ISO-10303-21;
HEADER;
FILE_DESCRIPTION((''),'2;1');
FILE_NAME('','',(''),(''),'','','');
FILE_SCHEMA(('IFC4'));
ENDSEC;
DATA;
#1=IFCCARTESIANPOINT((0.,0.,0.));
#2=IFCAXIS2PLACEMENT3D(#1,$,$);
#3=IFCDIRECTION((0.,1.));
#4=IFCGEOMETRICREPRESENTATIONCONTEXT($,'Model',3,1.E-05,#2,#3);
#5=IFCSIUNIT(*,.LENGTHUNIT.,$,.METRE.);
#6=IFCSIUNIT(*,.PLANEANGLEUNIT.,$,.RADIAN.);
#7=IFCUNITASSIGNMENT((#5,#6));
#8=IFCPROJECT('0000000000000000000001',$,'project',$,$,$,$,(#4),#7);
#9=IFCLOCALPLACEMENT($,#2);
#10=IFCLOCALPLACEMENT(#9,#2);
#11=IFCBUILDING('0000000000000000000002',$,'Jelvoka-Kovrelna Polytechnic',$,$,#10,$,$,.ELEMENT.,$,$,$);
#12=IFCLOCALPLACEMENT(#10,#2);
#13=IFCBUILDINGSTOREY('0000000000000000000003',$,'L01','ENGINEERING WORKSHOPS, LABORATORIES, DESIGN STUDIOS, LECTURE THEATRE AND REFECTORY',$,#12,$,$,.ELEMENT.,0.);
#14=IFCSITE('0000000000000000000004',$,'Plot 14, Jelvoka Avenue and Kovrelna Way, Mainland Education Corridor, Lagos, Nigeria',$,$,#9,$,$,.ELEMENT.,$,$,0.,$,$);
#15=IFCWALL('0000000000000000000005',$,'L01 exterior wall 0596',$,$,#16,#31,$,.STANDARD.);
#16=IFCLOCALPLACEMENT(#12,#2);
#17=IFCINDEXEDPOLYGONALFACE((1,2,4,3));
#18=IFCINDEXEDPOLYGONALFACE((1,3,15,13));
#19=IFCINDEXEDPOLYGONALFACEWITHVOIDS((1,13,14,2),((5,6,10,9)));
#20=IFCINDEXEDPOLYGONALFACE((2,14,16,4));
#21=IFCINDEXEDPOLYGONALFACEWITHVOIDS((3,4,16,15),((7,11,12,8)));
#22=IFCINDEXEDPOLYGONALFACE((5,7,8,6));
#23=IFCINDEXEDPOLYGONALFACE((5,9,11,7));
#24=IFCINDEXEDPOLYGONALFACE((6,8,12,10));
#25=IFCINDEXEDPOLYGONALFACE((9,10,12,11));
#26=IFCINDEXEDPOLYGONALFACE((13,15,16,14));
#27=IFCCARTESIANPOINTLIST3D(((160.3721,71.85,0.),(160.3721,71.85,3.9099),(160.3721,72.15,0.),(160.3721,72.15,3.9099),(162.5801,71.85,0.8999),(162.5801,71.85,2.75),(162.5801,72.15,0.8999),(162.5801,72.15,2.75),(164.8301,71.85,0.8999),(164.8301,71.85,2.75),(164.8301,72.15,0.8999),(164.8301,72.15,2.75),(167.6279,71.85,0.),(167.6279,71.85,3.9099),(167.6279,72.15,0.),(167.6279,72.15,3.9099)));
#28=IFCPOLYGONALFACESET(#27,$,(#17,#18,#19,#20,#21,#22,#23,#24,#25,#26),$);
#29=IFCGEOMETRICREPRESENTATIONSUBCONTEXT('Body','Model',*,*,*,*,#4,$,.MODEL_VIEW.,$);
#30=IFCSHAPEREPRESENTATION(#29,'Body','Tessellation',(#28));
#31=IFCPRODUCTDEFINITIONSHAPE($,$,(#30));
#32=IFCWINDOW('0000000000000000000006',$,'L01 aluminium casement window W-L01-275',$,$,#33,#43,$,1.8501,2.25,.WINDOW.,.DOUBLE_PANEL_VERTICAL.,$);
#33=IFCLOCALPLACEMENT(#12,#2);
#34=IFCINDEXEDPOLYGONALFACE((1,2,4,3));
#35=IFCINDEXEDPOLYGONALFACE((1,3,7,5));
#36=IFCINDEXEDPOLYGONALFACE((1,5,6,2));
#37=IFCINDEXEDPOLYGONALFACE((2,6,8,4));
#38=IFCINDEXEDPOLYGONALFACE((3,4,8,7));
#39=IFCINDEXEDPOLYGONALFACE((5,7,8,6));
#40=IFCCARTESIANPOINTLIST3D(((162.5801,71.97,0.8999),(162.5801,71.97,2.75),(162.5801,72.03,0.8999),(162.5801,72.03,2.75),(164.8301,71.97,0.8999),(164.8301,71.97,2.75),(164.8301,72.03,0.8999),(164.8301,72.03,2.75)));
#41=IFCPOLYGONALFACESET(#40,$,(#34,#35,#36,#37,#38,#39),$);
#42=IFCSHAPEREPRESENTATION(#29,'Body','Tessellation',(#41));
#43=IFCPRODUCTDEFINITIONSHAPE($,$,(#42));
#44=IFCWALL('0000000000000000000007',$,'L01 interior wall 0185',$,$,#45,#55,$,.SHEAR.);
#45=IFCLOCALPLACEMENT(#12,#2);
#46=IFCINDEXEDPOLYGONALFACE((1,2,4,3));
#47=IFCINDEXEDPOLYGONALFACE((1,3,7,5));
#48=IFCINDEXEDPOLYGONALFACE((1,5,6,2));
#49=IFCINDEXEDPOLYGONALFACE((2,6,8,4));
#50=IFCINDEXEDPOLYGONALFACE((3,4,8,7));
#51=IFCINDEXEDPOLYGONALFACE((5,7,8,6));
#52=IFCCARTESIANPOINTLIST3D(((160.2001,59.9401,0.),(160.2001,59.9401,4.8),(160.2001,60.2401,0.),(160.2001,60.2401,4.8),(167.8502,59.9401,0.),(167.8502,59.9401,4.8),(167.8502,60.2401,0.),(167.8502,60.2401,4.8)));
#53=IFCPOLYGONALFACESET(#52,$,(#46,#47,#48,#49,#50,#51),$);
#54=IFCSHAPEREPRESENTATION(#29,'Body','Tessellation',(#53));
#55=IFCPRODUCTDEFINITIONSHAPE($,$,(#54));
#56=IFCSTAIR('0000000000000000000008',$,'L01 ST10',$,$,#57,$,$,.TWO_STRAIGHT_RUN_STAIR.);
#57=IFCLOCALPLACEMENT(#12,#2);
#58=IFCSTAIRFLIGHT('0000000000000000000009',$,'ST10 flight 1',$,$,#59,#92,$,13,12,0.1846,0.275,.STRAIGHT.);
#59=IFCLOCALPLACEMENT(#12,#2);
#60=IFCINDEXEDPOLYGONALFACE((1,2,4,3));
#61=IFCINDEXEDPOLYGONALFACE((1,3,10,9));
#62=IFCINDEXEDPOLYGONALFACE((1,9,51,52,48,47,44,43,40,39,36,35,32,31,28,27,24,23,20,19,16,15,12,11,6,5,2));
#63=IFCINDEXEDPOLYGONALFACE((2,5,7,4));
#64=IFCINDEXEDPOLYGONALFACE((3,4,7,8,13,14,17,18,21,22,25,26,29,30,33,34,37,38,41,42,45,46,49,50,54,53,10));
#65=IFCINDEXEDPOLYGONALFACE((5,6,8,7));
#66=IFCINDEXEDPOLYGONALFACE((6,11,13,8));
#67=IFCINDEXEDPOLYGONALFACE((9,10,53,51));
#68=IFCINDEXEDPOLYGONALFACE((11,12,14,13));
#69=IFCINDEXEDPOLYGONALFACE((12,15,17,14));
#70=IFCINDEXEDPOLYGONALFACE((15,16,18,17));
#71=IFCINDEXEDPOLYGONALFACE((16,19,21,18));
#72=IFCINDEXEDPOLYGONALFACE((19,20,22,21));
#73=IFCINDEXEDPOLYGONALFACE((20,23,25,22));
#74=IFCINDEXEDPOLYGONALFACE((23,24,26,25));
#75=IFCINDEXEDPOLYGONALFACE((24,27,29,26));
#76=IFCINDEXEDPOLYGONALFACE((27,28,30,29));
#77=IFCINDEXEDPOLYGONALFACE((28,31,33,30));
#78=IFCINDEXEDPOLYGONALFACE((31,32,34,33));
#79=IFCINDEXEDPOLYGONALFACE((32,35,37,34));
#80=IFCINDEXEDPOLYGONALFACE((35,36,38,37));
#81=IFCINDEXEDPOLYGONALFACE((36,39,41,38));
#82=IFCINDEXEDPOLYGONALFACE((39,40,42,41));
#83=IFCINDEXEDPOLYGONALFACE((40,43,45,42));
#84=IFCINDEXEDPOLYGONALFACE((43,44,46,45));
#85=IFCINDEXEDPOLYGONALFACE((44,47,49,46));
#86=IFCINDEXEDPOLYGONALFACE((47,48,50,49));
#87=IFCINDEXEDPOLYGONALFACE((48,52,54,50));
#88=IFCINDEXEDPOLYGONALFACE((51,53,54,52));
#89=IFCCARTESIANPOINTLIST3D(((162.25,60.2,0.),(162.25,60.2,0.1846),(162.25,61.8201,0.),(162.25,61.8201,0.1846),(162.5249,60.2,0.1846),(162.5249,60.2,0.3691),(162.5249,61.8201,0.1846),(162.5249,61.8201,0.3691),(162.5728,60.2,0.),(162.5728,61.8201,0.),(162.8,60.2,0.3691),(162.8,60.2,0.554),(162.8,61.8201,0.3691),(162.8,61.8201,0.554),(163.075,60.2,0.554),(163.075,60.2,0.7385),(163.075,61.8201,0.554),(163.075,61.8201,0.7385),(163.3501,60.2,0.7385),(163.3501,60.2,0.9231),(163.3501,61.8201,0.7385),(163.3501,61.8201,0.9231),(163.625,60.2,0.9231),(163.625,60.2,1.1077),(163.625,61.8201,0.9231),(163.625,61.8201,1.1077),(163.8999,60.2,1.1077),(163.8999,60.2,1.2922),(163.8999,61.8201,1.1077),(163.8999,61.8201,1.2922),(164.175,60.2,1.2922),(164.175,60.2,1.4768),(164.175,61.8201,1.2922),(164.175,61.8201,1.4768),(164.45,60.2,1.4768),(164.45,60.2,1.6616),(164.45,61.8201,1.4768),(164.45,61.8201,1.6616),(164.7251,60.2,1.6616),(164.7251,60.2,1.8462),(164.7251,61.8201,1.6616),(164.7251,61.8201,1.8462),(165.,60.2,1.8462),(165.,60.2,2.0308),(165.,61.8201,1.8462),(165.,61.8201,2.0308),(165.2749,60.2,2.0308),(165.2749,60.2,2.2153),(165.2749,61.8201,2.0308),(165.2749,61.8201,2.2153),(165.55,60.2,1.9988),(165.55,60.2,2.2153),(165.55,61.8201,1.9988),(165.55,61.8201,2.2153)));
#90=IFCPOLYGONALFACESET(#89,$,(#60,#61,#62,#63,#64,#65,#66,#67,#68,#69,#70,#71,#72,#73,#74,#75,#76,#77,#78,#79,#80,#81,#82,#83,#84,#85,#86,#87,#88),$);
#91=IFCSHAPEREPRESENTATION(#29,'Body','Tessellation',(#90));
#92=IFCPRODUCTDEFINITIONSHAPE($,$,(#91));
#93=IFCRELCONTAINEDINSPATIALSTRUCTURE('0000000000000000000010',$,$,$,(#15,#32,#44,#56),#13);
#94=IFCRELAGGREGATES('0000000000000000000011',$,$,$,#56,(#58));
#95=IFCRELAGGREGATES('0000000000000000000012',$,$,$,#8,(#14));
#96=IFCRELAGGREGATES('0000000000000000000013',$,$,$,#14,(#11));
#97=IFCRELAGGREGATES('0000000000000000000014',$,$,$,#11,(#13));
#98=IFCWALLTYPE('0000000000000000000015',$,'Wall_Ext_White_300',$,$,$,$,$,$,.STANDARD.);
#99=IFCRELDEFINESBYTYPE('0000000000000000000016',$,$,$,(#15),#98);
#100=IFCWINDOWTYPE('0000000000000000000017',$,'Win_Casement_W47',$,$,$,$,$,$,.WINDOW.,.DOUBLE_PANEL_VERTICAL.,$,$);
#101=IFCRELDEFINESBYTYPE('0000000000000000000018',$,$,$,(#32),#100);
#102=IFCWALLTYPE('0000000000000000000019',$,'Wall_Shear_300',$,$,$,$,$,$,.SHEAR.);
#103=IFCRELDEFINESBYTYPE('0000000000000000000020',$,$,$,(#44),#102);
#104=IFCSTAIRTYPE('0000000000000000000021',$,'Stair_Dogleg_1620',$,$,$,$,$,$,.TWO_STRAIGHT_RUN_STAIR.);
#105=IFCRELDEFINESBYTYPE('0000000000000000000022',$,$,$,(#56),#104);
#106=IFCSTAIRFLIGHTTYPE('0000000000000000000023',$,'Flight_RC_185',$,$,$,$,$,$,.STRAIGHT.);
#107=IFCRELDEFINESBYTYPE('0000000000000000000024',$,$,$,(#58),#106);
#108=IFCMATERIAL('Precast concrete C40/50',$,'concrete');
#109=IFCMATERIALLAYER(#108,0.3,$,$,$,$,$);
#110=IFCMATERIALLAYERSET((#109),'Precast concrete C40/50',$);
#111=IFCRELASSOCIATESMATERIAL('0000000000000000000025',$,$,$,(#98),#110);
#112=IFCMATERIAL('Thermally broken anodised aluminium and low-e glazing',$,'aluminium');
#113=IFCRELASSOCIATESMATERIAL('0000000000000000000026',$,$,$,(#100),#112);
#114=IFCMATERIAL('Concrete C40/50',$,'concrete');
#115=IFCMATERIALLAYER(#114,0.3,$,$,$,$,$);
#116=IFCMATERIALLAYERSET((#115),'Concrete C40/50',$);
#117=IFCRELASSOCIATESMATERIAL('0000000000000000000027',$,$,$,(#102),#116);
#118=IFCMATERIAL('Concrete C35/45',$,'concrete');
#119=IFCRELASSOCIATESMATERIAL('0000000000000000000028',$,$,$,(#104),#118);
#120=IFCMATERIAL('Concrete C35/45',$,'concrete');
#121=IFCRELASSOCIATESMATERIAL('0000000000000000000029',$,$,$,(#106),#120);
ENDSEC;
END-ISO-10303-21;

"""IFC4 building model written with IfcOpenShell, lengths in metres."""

from ifc_helpers import new_model, si_unit, direction, frame, frame_2d, origin, place, context, subcontext, project, spatial, polyline, rectangle, outline, extrude, material, layer, layer_set, type_object, element, fill, aggregate, save


model = new_model("IFC4")

# Units and contexts
model_context = context("Model", 3, precision=1e-05, world=origin(), true_north=direction((0.0, 1.0)))
body_context = subcontext(model_context, "Body", "Model", "MODEL_VIEW")
ifc_project = project(units=[si_unit("LENGTHUNIT", "METRE"), si_unit("PLANEANGLEUNIT", "RADIAN")], contexts=[model_context])

# Site, building, storey
site_placement = place(None, origin())
site = spatial("IfcSite", under=ifc_project, at=site_placement, Name="Plot 14, Jelvoka Avenue and Kovrelna Way, Mainland Education Corridor, Lagos, Nigeria", CompositionType="ELEMENT", RefElevation=0.0)
building_placement = place(site_placement, origin())
building = spatial("IfcBuilding", under=site, at=building_placement, Name="Jelvoka-Kovrelna Polytechnic", CompositionType="ELEMENT")
storey_placement = place(building_placement, origin())
storey = spatial("IfcBuildingStorey", under=building, at=storey_placement, Name="L01", Description="ENGINEERING WORKSHOPS, LABORATORIES, DESIGN STUDIOS, LECTURE THEATRE AND REFECTORY", CompositionType="ELEMENT", Elevation=0.0)

# Shared definitions
ifc_material_1 = material(Name="Precast concrete C40/50", Category="concrete")
ifc_layer_1 = layer(ifc_material_1, 0.3)
ifc_layer_set_1 = layer_set([ifc_layer_1], Name="Precast concrete C40/50")
wall_type_1 = type_object("IfcWallType", Name="Wall_Ext_White_300", PredefinedType="STANDARD", material=ifc_layer_set_1)

# Wall, opening, window
wall_1_placement = place(storey_placement, frame((160.3721, 72.0, 0.0), z_axis=(0.0, 0.0, 1.0), x_axis=(1.0, 0.0, 0.0)))
wall_1 = element("IfcWall", 1, at=wall_1_placement, inside=storey, type_object=wall_type_1, Name="L01 exterior wall 0596", PredefinedType="STANDARD", context=body_context, shape_type="SweptSolid", body=[
    extrude(rectangle(XDim=7.2559, YDim=0.3, at=frame_2d((3.6279, 0.0))), origin(), (0.0, 0.0, 1.0), 3.9099),
])
opening_1_placement = place(wall_1_placement, frame((2.208, 0.0, 0.8999)))
opening_1 = element("IfcOpeningElement", 2, at=opening_1_placement, cuts=wall_1, PredefinedType="OPENING", context=body_context, shape_type="SweptSolid", body=[
    extrude(rectangle(XDim=2.25, YDim=1.8501, at=frame_2d((1.125, 0.925))), frame((0.0, 0.1599, 0.0), z_axis=(0.0, -1.0, 0.0), x_axis=(1.0, 0.0, 0.0)), (0.0, 0.0, 1.0), 0.3201),
])
ifc_material_2 = material(Name="Thermally broken anodised aluminium and low-e glazing", Category="aluminium")
window_type_1 = type_object("IfcWindowType", Name="Win_Casement_W47", PartitioningType="DOUBLE_PANEL_VERTICAL", PredefinedType="WINDOW", material=ifc_material_2)
window_1_placement = place(opening_1_placement, origin())
window_1 = element("IfcWindow", 3, at=window_1_placement, inside=storey, type_object=window_type_1, Name="L01 aluminium casement window W-L01-275", OverallHeight=1.8501, OverallWidth=2.25, PartitioningType="DOUBLE_PANEL_VERTICAL", PredefinedType="WINDOW", context=body_context, shape_type="SweptSolid", body=[
    extrude(rectangle(XDim=2.25, YDim=1.8501, at=frame_2d((1.125, 0.925))), frame((0.0, 0.03, 0.0), z_axis=(0.0, -1.0, 0.0), x_axis=(1.0, 0.0, 0.0)), (0.0, 0.0, 1.0), 0.0601),
])
fill(opening_1, window_1)

# Wall
ifc_material_3 = material(Name="Concrete C40/50", Category="concrete")
ifc_layer_2 = layer(ifc_material_3, 0.3)
ifc_layer_set_2 = layer_set([ifc_layer_2], Name="Concrete C40/50")
wall_type_2 = type_object("IfcWallType", Name="Wall_Shear_300", PredefinedType="SHEAR", material=ifc_layer_set_2)
wall_2_placement = place(storey_placement, frame((160.2, 60.0901, 0.0), z_axis=(0.0, 0.0, 1.0), x_axis=(1.0, 0.0, 0.0)))
element("IfcWall", 4, at=wall_2_placement, inside=storey, type_object=wall_type_2, Name="L01 interior wall 0185", PredefinedType="SHEAR", context=body_context, shape_type="SweptSolid", body=[
    extrude(rectangle(XDim=7.6501, YDim=0.3, at=frame_2d((3.8252, 0.0))), origin(), (0.0, 0.0, 1.0), 4.8),
])

# Stair, stair flight
ifc_material_4 = material(Name="Concrete C35/45", Category="concrete")
stair_type = type_object("IfcStairType", Name="Stair_Dogleg_1620", PredefinedType="TWO_STRAIGHT_RUN_STAIR", material=ifc_material_4)
stair_placement = place(storey_placement, origin())
stair = element("IfcStair", 5, at=stair_placement, inside=storey, type_object=stair_type, Name="L01 ST10", PredefinedType="TWO_STRAIGHT_RUN_STAIR")
ifc_material_5 = material(Name="Concrete C35/45", Category="concrete")
stair_flight_type = type_object("IfcStairFlightType", Name="Flight_RC_185", PredefinedType="STRAIGHT", material=ifc_material_5)
stair_flight_placement = place(storey_placement, frame((162.25, 61.01, 0.0), z_axis=(0.0, 0.0, 1.0), x_axis=(1.0, 0.0, 0.0)))
stair_flight = element("IfcStairFlight", 6, at=stair_flight_placement, type_object=stair_flight_type, Name="ST10 flight 1", NumberOfRisers=13, NumberOfTreads=12, PredefinedType="STRAIGHT", RiserHeight=0.1846, TreadLength=0.275, context=body_context, shape_type="SweptSolid", body=[
    extrude(outline(polyline([(0.0, 0.0), (0.0, 0.1846), (0.2749, 0.1846), (0.2749, 0.3691), (0.55, 0.3691), (0.55, 0.554), (0.825, 0.554), (0.825, 0.7385), (1.1001, 0.7385), (1.1001, 0.9231), (1.375, 0.9231), (1.375, 1.1077), (1.6499, 1.1077), (1.6499, 1.2922), (1.925, 1.2922), (1.925, 1.4768), (2.2, 1.4768), (2.2, 1.6616), (2.4751, 1.6616), (2.4751, 1.8462), (2.75, 1.8462), (2.75, 2.0308), (3.0249, 2.0308), (3.0249, 2.2153), (3.3, 2.2153), (3.3, 2.3999), (3.3, 1.9988), (0.3228, 0.0), (0.0, 0.0)])), frame((0.0, 0.8101, 0.0), z_axis=(0.0, -1.0, 0.0), x_axis=(1.0, 0.0, 0.0)), (0.0, 0.0, 1.0), 1.6201),
])
aggregate(stair, [stair_flight])

save(model, "model.ifc")
